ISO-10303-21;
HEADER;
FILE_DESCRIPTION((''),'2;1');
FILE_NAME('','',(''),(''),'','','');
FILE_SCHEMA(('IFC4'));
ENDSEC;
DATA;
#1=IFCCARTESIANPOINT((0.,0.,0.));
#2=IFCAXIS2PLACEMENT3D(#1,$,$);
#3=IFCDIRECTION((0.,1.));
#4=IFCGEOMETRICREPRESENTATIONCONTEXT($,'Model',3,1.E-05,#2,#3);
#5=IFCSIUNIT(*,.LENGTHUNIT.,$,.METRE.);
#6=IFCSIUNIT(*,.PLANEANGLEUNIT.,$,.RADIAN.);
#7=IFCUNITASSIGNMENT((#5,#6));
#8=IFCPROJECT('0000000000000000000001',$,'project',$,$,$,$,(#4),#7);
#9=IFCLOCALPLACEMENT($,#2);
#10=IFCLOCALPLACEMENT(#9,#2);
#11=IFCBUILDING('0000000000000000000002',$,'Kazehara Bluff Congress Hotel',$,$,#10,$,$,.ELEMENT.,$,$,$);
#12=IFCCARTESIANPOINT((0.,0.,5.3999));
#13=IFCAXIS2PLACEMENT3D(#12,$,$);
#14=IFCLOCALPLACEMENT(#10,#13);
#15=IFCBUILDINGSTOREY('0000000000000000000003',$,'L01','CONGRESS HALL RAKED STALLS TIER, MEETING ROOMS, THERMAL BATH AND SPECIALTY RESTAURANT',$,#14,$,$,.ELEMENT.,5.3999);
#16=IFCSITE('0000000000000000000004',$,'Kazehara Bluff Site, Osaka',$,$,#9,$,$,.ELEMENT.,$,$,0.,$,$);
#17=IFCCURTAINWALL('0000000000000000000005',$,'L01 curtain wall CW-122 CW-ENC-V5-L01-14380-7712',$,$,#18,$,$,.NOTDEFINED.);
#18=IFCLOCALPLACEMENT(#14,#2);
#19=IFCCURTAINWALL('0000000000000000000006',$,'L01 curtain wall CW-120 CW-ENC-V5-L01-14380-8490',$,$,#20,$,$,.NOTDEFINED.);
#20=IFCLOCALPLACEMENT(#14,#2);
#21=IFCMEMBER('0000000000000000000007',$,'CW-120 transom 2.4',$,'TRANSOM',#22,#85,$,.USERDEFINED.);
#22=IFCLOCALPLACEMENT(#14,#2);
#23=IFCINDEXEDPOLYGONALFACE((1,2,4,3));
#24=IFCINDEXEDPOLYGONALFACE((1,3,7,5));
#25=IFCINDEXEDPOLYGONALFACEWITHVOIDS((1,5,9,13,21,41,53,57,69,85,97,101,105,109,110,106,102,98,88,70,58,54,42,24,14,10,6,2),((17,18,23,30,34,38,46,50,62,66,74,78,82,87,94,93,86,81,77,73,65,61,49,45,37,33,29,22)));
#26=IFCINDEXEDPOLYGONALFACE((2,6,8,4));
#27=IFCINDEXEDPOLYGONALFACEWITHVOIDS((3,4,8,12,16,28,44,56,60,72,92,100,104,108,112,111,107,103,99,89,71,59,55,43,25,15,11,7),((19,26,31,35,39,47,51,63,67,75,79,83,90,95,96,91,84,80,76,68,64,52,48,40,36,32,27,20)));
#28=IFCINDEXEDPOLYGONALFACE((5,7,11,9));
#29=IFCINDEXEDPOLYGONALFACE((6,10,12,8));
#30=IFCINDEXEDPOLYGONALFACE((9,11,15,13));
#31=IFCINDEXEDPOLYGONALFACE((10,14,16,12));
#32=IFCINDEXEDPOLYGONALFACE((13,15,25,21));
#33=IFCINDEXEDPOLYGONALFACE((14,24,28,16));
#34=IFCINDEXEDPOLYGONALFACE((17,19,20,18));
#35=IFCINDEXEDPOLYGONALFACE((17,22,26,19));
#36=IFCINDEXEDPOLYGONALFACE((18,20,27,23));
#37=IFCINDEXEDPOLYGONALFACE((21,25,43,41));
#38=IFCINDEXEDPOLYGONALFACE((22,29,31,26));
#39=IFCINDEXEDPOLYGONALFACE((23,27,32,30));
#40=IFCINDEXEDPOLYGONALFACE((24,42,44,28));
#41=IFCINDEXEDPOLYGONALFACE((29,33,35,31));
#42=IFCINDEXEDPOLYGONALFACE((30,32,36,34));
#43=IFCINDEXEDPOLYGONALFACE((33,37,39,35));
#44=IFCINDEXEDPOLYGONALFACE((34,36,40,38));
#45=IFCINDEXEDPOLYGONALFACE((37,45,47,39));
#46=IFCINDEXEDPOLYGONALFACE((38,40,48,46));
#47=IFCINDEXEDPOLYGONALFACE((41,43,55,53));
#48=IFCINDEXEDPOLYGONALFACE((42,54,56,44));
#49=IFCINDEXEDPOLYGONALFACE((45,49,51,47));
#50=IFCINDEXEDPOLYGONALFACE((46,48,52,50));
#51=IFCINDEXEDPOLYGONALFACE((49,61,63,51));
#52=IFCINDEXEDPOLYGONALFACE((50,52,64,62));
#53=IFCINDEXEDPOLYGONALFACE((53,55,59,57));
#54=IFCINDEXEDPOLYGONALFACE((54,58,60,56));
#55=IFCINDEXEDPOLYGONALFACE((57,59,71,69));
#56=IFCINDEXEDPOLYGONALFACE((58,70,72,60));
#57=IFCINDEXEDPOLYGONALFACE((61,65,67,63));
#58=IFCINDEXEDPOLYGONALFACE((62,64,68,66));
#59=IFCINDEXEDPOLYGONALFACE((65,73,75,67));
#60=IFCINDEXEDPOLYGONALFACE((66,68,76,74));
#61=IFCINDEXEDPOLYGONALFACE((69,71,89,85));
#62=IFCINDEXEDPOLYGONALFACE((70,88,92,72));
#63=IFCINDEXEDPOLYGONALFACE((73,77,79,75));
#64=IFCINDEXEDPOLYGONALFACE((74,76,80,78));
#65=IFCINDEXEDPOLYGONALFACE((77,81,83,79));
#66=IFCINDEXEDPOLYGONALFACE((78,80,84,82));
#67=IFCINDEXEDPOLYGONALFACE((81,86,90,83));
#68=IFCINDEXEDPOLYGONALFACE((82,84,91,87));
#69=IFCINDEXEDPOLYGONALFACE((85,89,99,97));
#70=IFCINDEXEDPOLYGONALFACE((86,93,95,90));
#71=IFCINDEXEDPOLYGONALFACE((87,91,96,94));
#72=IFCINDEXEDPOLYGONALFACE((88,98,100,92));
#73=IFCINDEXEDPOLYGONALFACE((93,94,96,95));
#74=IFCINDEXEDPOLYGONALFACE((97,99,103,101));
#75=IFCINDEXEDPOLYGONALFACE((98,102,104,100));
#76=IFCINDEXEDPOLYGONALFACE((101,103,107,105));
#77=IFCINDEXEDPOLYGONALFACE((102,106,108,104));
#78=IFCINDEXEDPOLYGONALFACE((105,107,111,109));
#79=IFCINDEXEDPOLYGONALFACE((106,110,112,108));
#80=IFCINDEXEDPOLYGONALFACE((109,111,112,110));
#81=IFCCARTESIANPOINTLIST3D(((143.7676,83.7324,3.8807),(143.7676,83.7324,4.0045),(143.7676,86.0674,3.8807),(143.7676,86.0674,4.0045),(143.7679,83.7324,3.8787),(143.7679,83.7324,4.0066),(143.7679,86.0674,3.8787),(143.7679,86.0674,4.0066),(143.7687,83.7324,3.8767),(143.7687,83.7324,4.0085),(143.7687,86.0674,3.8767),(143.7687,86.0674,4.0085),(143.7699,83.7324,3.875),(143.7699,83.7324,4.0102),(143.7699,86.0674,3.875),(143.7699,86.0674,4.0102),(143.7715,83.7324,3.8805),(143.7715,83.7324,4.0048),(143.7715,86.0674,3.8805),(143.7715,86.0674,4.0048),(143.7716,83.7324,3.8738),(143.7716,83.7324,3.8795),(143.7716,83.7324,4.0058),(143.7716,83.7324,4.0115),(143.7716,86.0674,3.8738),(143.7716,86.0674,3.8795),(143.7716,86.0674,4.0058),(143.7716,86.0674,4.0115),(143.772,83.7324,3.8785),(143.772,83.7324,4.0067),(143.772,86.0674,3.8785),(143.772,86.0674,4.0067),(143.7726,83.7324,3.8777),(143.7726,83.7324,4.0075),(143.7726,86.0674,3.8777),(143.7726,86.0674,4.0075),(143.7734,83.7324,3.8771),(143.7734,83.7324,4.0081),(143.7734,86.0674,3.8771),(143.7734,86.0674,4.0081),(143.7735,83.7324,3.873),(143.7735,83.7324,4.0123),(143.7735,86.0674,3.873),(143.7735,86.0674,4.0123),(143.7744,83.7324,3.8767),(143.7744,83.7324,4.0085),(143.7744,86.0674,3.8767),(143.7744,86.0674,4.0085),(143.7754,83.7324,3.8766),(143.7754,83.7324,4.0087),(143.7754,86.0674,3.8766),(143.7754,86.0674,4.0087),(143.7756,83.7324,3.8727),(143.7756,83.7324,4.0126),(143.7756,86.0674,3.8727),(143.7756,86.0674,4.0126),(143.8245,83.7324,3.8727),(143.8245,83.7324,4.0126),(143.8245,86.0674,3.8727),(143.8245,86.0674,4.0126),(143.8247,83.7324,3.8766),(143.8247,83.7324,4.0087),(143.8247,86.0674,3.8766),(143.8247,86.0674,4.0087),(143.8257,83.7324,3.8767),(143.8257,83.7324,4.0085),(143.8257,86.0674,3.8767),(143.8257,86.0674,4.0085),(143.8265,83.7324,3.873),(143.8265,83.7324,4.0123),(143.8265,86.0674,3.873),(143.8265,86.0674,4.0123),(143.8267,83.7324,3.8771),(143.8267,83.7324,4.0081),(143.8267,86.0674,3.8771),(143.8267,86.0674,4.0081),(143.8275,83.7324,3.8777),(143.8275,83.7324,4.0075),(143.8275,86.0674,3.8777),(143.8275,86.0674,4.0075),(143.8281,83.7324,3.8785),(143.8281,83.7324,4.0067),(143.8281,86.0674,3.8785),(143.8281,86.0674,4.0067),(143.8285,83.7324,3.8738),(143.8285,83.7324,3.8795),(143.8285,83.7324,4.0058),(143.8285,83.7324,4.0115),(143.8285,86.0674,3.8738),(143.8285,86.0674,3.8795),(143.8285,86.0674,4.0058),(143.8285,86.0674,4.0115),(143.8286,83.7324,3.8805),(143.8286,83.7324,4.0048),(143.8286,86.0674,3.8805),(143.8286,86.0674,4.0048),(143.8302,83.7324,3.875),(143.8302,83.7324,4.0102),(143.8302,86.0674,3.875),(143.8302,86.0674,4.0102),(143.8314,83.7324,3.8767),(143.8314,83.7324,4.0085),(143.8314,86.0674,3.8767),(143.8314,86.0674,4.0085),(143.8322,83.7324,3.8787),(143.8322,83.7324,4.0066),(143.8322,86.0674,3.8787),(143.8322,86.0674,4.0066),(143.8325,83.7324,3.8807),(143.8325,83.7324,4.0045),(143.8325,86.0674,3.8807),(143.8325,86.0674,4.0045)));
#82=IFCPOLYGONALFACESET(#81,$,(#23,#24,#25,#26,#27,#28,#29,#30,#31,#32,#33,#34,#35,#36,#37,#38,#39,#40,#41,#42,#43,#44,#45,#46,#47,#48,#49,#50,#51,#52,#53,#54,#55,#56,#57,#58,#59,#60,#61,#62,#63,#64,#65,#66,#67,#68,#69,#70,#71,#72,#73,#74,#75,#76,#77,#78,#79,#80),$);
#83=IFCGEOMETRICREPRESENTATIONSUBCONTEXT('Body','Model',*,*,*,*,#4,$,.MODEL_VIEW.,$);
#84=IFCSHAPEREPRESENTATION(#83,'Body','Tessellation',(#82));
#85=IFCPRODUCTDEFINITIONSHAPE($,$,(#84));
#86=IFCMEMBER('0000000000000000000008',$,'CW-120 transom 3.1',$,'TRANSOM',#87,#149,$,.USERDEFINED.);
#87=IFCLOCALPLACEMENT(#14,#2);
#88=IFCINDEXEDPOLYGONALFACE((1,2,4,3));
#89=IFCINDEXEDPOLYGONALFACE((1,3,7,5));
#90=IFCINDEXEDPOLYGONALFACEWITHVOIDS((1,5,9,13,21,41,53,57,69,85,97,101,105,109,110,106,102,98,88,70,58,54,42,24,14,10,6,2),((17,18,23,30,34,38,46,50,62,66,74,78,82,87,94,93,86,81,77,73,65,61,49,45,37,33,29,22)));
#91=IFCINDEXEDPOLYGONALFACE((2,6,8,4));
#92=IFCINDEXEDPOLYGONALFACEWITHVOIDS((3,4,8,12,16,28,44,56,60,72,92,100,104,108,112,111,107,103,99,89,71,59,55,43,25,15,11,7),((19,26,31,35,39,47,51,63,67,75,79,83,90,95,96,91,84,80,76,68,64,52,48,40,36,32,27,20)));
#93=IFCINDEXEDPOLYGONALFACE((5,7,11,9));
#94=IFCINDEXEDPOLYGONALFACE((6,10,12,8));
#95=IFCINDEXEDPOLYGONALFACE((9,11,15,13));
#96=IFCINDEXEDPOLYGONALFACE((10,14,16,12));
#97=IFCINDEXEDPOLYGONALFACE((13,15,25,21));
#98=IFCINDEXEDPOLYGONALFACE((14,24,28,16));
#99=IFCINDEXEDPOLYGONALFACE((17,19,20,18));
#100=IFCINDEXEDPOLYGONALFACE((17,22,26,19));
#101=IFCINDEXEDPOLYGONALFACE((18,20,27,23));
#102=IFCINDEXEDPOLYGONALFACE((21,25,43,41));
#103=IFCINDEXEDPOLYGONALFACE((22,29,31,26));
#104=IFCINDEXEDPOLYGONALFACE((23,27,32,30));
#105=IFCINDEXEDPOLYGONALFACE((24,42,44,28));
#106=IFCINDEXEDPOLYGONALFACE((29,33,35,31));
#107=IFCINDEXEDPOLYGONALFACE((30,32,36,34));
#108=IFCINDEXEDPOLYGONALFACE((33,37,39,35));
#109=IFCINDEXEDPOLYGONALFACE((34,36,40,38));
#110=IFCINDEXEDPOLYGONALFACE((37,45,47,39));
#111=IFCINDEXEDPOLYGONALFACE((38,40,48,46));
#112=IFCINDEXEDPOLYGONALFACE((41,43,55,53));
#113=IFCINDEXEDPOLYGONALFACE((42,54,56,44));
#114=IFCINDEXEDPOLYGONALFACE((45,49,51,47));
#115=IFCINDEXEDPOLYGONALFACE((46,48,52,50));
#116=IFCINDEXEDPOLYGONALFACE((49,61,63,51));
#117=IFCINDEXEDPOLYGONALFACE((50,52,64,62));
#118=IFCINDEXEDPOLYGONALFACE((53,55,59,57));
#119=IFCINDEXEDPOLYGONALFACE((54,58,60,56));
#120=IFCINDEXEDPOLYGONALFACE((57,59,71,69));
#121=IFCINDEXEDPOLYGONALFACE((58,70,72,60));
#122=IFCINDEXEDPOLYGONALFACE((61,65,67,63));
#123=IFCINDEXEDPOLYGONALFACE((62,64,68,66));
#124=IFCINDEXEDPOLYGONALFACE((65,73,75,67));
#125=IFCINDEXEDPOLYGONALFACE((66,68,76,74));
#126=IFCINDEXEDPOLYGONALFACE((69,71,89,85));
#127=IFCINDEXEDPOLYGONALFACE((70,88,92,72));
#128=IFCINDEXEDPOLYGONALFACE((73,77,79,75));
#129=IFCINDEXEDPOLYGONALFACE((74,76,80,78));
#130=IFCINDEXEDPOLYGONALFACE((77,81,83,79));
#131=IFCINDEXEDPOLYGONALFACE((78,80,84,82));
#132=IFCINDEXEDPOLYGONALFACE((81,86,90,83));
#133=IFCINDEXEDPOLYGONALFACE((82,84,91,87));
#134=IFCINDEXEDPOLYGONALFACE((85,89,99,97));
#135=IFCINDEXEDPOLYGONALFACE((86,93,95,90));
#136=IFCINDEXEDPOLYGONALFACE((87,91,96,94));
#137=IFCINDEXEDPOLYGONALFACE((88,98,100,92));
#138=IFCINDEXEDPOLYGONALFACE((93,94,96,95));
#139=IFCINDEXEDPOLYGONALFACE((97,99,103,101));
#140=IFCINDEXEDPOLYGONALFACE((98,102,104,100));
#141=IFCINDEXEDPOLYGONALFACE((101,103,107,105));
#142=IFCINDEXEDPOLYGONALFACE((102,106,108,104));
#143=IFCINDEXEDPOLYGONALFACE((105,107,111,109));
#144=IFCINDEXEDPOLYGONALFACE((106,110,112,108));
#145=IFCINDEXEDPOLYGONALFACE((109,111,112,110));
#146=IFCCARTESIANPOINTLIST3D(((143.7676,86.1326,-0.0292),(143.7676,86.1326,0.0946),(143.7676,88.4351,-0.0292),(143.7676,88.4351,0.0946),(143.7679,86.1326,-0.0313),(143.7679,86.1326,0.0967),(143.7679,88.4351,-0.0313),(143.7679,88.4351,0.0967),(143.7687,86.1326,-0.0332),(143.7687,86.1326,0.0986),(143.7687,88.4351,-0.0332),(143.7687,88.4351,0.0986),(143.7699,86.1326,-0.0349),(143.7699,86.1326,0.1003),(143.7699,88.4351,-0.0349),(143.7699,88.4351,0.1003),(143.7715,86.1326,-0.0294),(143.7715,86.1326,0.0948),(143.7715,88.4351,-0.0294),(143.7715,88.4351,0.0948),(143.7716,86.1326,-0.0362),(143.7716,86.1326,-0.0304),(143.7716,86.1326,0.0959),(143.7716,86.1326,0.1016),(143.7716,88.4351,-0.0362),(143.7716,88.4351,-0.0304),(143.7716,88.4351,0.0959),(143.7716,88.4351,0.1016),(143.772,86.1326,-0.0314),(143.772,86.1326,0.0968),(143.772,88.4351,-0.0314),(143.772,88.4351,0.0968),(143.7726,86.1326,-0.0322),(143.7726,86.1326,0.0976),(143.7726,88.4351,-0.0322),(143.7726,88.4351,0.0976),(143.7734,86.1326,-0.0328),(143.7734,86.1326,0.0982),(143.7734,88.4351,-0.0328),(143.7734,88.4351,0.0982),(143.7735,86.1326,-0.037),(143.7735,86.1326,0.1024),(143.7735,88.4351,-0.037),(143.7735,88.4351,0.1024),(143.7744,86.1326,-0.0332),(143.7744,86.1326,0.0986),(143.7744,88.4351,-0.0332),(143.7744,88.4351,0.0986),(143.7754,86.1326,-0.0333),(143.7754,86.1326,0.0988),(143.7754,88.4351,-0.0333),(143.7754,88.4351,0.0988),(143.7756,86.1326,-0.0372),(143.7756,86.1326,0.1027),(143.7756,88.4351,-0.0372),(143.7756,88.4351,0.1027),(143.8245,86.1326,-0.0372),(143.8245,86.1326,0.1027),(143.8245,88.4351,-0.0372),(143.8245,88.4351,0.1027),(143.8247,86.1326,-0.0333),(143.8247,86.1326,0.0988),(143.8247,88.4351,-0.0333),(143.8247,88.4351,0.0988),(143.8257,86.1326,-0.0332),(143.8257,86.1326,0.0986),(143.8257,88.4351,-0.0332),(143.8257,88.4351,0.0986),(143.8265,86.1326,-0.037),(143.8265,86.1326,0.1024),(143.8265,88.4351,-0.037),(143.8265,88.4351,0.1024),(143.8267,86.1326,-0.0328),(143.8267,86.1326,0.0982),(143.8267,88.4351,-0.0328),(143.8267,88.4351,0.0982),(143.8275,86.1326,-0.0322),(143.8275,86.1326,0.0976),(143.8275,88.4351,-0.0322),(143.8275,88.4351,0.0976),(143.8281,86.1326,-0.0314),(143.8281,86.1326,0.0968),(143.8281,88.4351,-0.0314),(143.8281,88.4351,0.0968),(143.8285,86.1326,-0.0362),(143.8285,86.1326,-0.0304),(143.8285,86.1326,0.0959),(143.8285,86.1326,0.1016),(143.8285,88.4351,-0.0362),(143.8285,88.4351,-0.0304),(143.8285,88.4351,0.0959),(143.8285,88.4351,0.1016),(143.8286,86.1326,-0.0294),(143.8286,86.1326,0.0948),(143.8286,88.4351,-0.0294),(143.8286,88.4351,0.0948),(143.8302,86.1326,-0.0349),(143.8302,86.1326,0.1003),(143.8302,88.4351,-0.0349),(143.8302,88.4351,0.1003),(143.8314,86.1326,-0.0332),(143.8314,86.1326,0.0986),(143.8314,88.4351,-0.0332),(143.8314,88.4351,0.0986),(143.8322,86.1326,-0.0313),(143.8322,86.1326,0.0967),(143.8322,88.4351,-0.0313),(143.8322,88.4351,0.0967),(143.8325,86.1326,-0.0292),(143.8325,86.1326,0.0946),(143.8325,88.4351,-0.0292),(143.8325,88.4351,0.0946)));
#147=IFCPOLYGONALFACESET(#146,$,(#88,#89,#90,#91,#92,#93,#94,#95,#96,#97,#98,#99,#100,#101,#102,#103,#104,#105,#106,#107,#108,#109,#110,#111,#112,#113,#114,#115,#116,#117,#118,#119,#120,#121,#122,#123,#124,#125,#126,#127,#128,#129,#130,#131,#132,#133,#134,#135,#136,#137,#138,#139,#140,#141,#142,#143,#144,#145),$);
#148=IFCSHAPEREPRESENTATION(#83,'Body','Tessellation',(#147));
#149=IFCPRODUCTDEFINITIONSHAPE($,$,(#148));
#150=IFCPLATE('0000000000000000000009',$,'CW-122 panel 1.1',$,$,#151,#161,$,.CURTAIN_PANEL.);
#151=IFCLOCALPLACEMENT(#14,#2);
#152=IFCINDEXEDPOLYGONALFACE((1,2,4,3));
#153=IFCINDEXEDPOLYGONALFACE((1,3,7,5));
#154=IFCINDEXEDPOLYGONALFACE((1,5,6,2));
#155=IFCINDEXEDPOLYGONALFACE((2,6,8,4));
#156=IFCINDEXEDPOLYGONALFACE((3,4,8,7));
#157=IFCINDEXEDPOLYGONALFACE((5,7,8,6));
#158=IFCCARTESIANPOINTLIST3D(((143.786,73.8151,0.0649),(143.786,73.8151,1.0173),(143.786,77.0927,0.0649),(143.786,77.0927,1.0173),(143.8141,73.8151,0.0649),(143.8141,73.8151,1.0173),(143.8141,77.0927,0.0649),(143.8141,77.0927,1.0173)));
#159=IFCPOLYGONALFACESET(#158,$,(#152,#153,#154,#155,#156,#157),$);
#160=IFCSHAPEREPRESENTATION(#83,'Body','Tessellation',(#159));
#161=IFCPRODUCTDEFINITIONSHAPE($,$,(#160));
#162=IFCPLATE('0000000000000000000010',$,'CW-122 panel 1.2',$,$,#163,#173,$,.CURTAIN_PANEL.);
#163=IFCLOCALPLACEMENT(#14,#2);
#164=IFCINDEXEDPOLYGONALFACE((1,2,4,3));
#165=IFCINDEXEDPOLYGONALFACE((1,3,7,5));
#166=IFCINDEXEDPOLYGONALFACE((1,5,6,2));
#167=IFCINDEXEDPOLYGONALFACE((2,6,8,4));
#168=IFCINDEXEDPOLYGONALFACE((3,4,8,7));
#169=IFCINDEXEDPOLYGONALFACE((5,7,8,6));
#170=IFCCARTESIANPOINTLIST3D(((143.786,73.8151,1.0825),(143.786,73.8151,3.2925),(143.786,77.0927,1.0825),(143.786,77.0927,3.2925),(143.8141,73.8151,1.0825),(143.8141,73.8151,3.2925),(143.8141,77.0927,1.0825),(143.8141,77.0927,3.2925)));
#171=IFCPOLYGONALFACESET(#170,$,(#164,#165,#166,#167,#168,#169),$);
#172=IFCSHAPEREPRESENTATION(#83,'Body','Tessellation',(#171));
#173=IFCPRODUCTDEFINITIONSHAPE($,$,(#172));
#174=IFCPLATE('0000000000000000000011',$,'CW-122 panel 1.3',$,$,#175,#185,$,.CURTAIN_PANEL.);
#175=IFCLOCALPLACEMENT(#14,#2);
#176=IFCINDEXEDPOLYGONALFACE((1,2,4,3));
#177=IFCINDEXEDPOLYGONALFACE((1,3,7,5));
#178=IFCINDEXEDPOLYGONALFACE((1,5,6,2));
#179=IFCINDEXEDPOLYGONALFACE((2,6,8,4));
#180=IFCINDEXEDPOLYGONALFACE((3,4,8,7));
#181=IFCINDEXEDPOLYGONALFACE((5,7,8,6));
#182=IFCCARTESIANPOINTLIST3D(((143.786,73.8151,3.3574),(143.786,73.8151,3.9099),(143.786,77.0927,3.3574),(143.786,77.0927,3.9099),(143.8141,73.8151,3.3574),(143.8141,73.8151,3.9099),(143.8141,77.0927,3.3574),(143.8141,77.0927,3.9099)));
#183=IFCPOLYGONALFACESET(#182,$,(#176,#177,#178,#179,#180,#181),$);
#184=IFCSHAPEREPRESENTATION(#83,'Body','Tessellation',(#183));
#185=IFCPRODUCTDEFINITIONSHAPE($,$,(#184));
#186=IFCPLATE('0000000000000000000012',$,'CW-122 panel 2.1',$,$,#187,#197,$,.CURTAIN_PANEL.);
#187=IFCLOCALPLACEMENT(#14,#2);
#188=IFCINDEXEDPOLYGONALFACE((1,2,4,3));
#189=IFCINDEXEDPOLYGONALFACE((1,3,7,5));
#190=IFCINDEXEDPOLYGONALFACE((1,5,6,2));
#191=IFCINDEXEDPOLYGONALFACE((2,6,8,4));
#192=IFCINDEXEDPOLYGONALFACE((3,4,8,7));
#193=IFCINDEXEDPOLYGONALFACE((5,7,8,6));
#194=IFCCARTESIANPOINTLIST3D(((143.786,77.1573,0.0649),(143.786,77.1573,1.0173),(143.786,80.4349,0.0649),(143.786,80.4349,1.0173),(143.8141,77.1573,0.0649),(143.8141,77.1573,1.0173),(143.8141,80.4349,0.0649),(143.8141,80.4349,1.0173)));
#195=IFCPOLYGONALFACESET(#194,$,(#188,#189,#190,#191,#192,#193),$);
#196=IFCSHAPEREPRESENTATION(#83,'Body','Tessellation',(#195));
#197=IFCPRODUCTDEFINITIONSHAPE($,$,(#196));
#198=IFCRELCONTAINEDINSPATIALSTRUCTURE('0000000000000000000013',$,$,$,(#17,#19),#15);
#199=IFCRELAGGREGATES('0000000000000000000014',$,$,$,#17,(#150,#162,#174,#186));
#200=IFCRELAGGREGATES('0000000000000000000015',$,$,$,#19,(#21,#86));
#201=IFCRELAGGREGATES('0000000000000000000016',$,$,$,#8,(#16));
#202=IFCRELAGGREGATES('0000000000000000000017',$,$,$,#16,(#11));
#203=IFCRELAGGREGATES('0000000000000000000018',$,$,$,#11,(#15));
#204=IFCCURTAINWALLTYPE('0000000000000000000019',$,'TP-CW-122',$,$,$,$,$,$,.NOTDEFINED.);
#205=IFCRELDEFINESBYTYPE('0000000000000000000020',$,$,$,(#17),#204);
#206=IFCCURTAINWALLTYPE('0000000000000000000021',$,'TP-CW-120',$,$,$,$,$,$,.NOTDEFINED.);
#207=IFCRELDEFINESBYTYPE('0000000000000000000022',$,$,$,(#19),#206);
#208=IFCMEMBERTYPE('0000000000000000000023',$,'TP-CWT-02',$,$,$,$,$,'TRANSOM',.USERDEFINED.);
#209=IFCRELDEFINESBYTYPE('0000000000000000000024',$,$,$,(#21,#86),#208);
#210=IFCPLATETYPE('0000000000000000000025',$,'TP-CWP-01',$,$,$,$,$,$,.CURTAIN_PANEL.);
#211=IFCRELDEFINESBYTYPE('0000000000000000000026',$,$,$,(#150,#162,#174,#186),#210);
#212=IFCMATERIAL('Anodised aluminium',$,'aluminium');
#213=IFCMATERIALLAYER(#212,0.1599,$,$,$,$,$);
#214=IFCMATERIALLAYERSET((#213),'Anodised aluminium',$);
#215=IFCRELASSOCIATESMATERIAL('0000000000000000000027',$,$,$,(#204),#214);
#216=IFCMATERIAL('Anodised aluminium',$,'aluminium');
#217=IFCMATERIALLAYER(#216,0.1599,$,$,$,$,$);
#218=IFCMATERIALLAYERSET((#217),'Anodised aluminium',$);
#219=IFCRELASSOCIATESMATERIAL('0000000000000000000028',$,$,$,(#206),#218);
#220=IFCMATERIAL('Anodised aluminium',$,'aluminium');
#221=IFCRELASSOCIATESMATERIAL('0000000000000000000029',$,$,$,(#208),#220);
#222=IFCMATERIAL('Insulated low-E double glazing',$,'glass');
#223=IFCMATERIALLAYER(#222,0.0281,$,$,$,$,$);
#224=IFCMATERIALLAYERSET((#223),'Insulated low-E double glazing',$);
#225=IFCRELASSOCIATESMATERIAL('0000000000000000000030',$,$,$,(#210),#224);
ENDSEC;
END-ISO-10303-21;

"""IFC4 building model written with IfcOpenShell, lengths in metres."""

from ifc_helpers import new_model, si_unit, direction, frame, origin, origin_2d, place, context, subcontext, project, spatial, rectangle, hollow_rectangle, extrude, material, layer, layer_set, material_profile, profile_set, type_object, element, aggregate, save


model = new_model("IFC4")

# Units and contexts
model_context = context("Model", 3, precision=1e-05, world=origin(), true_north=direction((0.0, 1.0)))
body_context = subcontext(model_context, "Body", "Model", "MODEL_VIEW")
ifc_project = project(units=[si_unit("LENGTHUNIT", "METRE"), si_unit("PLANEANGLEUNIT", "RADIAN")], contexts=[model_context])

# Site, building, storey
site_placement = place(None, origin())
site = spatial("IfcSite", under=ifc_project, at=site_placement, Name="Kazehara Bluff Site, Osaka", CompositionType="ELEMENT", RefElevation=0.0)
building_placement = place(site_placement, origin())
building = spatial("IfcBuilding", under=site, at=building_placement, Name="Kazehara Bluff Congress Hotel", CompositionType="ELEMENT")
storey_placement = place(building_placement, frame((0.0, 0.0, 5.3999)))
storey = spatial("IfcBuildingStorey", under=building, at=storey_placement, Name="L01", Description="CONGRESS HALL RAKED STALLS TIER, MEETING ROOMS, THERMAL BATH AND SPECIALTY RESTAURANT", CompositionType="ELEMENT", Elevation=5.3999)

# Curtain walls
ifc_material_1 = material(Name="Anodised aluminium", Category="aluminium")
ifc_layer_1 = layer(ifc_material_1, 0.1599)
ifc_layer_set_1 = layer_set([ifc_layer_1], Name="Anodised aluminium")
curtain_wall_type_1 = type_object("IfcCurtainWallType", Name="TP-CW-122", PredefinedType="NOTDEFINED", material=ifc_layer_set_1)
curtain_wall_1_placement = place(storey_placement, origin())
curtain_wall_1 = element("IfcCurtainWall", 1, at=curtain_wall_1_placement, inside=storey, type_object=curtain_wall_type_1, Name="L01 curtain wall CW-122 CW-ENC-V5-L01-14380-7712", PredefinedType="NOTDEFINED")
ifc_material_2 = material(Name="Anodised aluminium", Category="aluminium")
ifc_layer_2 = layer(ifc_material_2, 0.1599)
ifc_layer_set_2 = layer_set([ifc_layer_2], Name="Anodised aluminium")
curtain_wall_type_2 = type_object("IfcCurtainWallType", Name="TP-CW-120", PredefinedType="NOTDEFINED", material=ifc_layer_set_2)
curtain_wall_2_placement = place(storey_placement, origin())
curtain_wall_2 = element("IfcCurtainWall", 2, at=curtain_wall_2_placement, inside=storey, type_object=curtain_wall_type_2, Name="L01 curtain wall CW-120 CW-ENC-V5-L01-14380-8490", PredefinedType="NOTDEFINED")

# Members
ifc_material_3 = material(Name="Anodised aluminium", Category="aluminium")
ifc_material_profile_1 = material_profile(ifc_material_3, hollow_rectangle(XDim=0.0649, YDim=0.1399, WallThickness=0.0039, InnerFilletRadius=0.0039, OuterFilletRadius=0.0081, at=origin_2d()))
ifc_profile_set_1 = profile_set([ifc_material_profile_1], Name="Anodised aluminium")
member_type_1 = type_object("IfcMemberType", Name="TP-CWT-02", ElementType="TRANSOM", PredefinedType="USERDEFINED", material=ifc_profile_set_1)
member_1_placement = place(storey_placement, frame((143.8, 83.7324, 3.9426), z_axis=(0.0, 1.0, 0.0), x_axis=(-1.0, 0.0, 0.0)))
member_1 = element("IfcMember", 3, at=member_1_placement, type_object=member_type_1, Name="CW-120 transom 2.4", ObjectType="TRANSOM", PredefinedType="USERDEFINED", context=body_context, shape_type="SweptSolid", body=[
    extrude(hollow_rectangle(XDim=0.0649, YDim=0.1399, WallThickness=0.0039, InnerFilletRadius=0.0039, OuterFilletRadius=0.0081, at=origin_2d()), origin(), (0.0, 0.0, 1.0), 2.335),
])
member_2_placement = place(storey_placement, frame((143.8, 86.1326, 0.0327), z_axis=(0.0, 1.0, 0.0), x_axis=(-1.0, 0.0, 0.0)))
member_2 = element("IfcMember", 4, at=member_2_placement, type_object=member_type_1, Name="CW-120 transom 3.1", ObjectType="TRANSOM", PredefinedType="USERDEFINED", context=body_context, shape_type="SweptSolid", body=[
    extrude(hollow_rectangle(XDim=0.0649, YDim=0.1399, WallThickness=0.0039, InnerFilletRadius=0.0039, OuterFilletRadius=0.0081, at=origin_2d()), origin(), (0.0, 0.0, 1.0), 2.3025),
])

# Plates
ifc_material_4 = material(Name="Insulated low-E double glazing", Category="glass")
ifc_layer_3 = layer(ifc_material_4, 0.0281)
ifc_layer_set_3 = layer_set([ifc_layer_3], Name="Insulated low-E double glazing")
plate_type = type_object("IfcPlateType", Name="TP-CWP-01", PredefinedType="CURTAIN_PANEL", material=ifc_layer_set_3)
plate_1_placement = place(storey_placement, frame((143.8, 75.4539, 0.0649), z_axis=(0.0, 0.0, 1.0), x_axis=(0.0, 1.0, 0.0)))
plate_1 = element("IfcPlate", 5, at=plate_1_placement, type_object=plate_type, Name="CW-122 panel 1.1", PredefinedType="CURTAIN_PANEL", context=body_context, shape_type="SweptSolid", body=[
    extrude(rectangle(XDim=3.2776, YDim=0.0281, at=origin_2d()), origin(), (0.0, 0.0, 1.0), 0.9524),
])
plate_2_placement = place(storey_placement, frame((143.8, 75.4539, 1.0825), z_axis=(0.0, 0.0, 1.0), x_axis=(0.0, 1.0, 0.0)))
plate_2 = element("IfcPlate", 6, at=plate_2_placement, type_object=plate_type, Name="CW-122 panel 1.2", PredefinedType="CURTAIN_PANEL", context=body_context, shape_type="SweptSolid", body=[
    extrude(rectangle(XDim=3.2776, YDim=0.0281, at=origin_2d()), origin(), (0.0, 0.0, 1.0), 2.21),
])
plate_3_placement = place(storey_placement, frame((143.8, 75.4539, 3.3574), z_axis=(0.0, 0.0, 1.0), x_axis=(0.0, 1.0, 0.0)))
plate_3 = element("IfcPlate", 7, at=plate_3_placement, type_object=plate_type, Name="CW-122 panel 1.3", PredefinedType="CURTAIN_PANEL", context=body_context, shape_type="SweptSolid", body=[
    extrude(rectangle(XDim=3.2776, YDim=0.0281, at=origin_2d()), origin(), (0.0, 0.0, 1.0), 0.5525),
])
plate_4_placement = place(storey_placement, frame((143.8, 78.7961, 0.0649), z_axis=(0.0, 0.0, 1.0), x_axis=(0.0, 1.0, 0.0)))
plate_4 = element("IfcPlate", 8, at=plate_4_placement, type_object=plate_type, Name="CW-122 panel 2.1", PredefinedType="CURTAIN_PANEL", context=body_context, shape_type="SweptSolid", body=[
    extrude(rectangle(XDim=3.2776, YDim=0.0281, at=origin_2d()), origin(), (0.0, 0.0, 1.0), 0.9524),
])
aggregate(curtain_wall_1, [plate_1, plate_2, plate_3, plate_4])
aggregate(curtain_wall_2, [member_1, member_2])

save(model, "model.ifc")
